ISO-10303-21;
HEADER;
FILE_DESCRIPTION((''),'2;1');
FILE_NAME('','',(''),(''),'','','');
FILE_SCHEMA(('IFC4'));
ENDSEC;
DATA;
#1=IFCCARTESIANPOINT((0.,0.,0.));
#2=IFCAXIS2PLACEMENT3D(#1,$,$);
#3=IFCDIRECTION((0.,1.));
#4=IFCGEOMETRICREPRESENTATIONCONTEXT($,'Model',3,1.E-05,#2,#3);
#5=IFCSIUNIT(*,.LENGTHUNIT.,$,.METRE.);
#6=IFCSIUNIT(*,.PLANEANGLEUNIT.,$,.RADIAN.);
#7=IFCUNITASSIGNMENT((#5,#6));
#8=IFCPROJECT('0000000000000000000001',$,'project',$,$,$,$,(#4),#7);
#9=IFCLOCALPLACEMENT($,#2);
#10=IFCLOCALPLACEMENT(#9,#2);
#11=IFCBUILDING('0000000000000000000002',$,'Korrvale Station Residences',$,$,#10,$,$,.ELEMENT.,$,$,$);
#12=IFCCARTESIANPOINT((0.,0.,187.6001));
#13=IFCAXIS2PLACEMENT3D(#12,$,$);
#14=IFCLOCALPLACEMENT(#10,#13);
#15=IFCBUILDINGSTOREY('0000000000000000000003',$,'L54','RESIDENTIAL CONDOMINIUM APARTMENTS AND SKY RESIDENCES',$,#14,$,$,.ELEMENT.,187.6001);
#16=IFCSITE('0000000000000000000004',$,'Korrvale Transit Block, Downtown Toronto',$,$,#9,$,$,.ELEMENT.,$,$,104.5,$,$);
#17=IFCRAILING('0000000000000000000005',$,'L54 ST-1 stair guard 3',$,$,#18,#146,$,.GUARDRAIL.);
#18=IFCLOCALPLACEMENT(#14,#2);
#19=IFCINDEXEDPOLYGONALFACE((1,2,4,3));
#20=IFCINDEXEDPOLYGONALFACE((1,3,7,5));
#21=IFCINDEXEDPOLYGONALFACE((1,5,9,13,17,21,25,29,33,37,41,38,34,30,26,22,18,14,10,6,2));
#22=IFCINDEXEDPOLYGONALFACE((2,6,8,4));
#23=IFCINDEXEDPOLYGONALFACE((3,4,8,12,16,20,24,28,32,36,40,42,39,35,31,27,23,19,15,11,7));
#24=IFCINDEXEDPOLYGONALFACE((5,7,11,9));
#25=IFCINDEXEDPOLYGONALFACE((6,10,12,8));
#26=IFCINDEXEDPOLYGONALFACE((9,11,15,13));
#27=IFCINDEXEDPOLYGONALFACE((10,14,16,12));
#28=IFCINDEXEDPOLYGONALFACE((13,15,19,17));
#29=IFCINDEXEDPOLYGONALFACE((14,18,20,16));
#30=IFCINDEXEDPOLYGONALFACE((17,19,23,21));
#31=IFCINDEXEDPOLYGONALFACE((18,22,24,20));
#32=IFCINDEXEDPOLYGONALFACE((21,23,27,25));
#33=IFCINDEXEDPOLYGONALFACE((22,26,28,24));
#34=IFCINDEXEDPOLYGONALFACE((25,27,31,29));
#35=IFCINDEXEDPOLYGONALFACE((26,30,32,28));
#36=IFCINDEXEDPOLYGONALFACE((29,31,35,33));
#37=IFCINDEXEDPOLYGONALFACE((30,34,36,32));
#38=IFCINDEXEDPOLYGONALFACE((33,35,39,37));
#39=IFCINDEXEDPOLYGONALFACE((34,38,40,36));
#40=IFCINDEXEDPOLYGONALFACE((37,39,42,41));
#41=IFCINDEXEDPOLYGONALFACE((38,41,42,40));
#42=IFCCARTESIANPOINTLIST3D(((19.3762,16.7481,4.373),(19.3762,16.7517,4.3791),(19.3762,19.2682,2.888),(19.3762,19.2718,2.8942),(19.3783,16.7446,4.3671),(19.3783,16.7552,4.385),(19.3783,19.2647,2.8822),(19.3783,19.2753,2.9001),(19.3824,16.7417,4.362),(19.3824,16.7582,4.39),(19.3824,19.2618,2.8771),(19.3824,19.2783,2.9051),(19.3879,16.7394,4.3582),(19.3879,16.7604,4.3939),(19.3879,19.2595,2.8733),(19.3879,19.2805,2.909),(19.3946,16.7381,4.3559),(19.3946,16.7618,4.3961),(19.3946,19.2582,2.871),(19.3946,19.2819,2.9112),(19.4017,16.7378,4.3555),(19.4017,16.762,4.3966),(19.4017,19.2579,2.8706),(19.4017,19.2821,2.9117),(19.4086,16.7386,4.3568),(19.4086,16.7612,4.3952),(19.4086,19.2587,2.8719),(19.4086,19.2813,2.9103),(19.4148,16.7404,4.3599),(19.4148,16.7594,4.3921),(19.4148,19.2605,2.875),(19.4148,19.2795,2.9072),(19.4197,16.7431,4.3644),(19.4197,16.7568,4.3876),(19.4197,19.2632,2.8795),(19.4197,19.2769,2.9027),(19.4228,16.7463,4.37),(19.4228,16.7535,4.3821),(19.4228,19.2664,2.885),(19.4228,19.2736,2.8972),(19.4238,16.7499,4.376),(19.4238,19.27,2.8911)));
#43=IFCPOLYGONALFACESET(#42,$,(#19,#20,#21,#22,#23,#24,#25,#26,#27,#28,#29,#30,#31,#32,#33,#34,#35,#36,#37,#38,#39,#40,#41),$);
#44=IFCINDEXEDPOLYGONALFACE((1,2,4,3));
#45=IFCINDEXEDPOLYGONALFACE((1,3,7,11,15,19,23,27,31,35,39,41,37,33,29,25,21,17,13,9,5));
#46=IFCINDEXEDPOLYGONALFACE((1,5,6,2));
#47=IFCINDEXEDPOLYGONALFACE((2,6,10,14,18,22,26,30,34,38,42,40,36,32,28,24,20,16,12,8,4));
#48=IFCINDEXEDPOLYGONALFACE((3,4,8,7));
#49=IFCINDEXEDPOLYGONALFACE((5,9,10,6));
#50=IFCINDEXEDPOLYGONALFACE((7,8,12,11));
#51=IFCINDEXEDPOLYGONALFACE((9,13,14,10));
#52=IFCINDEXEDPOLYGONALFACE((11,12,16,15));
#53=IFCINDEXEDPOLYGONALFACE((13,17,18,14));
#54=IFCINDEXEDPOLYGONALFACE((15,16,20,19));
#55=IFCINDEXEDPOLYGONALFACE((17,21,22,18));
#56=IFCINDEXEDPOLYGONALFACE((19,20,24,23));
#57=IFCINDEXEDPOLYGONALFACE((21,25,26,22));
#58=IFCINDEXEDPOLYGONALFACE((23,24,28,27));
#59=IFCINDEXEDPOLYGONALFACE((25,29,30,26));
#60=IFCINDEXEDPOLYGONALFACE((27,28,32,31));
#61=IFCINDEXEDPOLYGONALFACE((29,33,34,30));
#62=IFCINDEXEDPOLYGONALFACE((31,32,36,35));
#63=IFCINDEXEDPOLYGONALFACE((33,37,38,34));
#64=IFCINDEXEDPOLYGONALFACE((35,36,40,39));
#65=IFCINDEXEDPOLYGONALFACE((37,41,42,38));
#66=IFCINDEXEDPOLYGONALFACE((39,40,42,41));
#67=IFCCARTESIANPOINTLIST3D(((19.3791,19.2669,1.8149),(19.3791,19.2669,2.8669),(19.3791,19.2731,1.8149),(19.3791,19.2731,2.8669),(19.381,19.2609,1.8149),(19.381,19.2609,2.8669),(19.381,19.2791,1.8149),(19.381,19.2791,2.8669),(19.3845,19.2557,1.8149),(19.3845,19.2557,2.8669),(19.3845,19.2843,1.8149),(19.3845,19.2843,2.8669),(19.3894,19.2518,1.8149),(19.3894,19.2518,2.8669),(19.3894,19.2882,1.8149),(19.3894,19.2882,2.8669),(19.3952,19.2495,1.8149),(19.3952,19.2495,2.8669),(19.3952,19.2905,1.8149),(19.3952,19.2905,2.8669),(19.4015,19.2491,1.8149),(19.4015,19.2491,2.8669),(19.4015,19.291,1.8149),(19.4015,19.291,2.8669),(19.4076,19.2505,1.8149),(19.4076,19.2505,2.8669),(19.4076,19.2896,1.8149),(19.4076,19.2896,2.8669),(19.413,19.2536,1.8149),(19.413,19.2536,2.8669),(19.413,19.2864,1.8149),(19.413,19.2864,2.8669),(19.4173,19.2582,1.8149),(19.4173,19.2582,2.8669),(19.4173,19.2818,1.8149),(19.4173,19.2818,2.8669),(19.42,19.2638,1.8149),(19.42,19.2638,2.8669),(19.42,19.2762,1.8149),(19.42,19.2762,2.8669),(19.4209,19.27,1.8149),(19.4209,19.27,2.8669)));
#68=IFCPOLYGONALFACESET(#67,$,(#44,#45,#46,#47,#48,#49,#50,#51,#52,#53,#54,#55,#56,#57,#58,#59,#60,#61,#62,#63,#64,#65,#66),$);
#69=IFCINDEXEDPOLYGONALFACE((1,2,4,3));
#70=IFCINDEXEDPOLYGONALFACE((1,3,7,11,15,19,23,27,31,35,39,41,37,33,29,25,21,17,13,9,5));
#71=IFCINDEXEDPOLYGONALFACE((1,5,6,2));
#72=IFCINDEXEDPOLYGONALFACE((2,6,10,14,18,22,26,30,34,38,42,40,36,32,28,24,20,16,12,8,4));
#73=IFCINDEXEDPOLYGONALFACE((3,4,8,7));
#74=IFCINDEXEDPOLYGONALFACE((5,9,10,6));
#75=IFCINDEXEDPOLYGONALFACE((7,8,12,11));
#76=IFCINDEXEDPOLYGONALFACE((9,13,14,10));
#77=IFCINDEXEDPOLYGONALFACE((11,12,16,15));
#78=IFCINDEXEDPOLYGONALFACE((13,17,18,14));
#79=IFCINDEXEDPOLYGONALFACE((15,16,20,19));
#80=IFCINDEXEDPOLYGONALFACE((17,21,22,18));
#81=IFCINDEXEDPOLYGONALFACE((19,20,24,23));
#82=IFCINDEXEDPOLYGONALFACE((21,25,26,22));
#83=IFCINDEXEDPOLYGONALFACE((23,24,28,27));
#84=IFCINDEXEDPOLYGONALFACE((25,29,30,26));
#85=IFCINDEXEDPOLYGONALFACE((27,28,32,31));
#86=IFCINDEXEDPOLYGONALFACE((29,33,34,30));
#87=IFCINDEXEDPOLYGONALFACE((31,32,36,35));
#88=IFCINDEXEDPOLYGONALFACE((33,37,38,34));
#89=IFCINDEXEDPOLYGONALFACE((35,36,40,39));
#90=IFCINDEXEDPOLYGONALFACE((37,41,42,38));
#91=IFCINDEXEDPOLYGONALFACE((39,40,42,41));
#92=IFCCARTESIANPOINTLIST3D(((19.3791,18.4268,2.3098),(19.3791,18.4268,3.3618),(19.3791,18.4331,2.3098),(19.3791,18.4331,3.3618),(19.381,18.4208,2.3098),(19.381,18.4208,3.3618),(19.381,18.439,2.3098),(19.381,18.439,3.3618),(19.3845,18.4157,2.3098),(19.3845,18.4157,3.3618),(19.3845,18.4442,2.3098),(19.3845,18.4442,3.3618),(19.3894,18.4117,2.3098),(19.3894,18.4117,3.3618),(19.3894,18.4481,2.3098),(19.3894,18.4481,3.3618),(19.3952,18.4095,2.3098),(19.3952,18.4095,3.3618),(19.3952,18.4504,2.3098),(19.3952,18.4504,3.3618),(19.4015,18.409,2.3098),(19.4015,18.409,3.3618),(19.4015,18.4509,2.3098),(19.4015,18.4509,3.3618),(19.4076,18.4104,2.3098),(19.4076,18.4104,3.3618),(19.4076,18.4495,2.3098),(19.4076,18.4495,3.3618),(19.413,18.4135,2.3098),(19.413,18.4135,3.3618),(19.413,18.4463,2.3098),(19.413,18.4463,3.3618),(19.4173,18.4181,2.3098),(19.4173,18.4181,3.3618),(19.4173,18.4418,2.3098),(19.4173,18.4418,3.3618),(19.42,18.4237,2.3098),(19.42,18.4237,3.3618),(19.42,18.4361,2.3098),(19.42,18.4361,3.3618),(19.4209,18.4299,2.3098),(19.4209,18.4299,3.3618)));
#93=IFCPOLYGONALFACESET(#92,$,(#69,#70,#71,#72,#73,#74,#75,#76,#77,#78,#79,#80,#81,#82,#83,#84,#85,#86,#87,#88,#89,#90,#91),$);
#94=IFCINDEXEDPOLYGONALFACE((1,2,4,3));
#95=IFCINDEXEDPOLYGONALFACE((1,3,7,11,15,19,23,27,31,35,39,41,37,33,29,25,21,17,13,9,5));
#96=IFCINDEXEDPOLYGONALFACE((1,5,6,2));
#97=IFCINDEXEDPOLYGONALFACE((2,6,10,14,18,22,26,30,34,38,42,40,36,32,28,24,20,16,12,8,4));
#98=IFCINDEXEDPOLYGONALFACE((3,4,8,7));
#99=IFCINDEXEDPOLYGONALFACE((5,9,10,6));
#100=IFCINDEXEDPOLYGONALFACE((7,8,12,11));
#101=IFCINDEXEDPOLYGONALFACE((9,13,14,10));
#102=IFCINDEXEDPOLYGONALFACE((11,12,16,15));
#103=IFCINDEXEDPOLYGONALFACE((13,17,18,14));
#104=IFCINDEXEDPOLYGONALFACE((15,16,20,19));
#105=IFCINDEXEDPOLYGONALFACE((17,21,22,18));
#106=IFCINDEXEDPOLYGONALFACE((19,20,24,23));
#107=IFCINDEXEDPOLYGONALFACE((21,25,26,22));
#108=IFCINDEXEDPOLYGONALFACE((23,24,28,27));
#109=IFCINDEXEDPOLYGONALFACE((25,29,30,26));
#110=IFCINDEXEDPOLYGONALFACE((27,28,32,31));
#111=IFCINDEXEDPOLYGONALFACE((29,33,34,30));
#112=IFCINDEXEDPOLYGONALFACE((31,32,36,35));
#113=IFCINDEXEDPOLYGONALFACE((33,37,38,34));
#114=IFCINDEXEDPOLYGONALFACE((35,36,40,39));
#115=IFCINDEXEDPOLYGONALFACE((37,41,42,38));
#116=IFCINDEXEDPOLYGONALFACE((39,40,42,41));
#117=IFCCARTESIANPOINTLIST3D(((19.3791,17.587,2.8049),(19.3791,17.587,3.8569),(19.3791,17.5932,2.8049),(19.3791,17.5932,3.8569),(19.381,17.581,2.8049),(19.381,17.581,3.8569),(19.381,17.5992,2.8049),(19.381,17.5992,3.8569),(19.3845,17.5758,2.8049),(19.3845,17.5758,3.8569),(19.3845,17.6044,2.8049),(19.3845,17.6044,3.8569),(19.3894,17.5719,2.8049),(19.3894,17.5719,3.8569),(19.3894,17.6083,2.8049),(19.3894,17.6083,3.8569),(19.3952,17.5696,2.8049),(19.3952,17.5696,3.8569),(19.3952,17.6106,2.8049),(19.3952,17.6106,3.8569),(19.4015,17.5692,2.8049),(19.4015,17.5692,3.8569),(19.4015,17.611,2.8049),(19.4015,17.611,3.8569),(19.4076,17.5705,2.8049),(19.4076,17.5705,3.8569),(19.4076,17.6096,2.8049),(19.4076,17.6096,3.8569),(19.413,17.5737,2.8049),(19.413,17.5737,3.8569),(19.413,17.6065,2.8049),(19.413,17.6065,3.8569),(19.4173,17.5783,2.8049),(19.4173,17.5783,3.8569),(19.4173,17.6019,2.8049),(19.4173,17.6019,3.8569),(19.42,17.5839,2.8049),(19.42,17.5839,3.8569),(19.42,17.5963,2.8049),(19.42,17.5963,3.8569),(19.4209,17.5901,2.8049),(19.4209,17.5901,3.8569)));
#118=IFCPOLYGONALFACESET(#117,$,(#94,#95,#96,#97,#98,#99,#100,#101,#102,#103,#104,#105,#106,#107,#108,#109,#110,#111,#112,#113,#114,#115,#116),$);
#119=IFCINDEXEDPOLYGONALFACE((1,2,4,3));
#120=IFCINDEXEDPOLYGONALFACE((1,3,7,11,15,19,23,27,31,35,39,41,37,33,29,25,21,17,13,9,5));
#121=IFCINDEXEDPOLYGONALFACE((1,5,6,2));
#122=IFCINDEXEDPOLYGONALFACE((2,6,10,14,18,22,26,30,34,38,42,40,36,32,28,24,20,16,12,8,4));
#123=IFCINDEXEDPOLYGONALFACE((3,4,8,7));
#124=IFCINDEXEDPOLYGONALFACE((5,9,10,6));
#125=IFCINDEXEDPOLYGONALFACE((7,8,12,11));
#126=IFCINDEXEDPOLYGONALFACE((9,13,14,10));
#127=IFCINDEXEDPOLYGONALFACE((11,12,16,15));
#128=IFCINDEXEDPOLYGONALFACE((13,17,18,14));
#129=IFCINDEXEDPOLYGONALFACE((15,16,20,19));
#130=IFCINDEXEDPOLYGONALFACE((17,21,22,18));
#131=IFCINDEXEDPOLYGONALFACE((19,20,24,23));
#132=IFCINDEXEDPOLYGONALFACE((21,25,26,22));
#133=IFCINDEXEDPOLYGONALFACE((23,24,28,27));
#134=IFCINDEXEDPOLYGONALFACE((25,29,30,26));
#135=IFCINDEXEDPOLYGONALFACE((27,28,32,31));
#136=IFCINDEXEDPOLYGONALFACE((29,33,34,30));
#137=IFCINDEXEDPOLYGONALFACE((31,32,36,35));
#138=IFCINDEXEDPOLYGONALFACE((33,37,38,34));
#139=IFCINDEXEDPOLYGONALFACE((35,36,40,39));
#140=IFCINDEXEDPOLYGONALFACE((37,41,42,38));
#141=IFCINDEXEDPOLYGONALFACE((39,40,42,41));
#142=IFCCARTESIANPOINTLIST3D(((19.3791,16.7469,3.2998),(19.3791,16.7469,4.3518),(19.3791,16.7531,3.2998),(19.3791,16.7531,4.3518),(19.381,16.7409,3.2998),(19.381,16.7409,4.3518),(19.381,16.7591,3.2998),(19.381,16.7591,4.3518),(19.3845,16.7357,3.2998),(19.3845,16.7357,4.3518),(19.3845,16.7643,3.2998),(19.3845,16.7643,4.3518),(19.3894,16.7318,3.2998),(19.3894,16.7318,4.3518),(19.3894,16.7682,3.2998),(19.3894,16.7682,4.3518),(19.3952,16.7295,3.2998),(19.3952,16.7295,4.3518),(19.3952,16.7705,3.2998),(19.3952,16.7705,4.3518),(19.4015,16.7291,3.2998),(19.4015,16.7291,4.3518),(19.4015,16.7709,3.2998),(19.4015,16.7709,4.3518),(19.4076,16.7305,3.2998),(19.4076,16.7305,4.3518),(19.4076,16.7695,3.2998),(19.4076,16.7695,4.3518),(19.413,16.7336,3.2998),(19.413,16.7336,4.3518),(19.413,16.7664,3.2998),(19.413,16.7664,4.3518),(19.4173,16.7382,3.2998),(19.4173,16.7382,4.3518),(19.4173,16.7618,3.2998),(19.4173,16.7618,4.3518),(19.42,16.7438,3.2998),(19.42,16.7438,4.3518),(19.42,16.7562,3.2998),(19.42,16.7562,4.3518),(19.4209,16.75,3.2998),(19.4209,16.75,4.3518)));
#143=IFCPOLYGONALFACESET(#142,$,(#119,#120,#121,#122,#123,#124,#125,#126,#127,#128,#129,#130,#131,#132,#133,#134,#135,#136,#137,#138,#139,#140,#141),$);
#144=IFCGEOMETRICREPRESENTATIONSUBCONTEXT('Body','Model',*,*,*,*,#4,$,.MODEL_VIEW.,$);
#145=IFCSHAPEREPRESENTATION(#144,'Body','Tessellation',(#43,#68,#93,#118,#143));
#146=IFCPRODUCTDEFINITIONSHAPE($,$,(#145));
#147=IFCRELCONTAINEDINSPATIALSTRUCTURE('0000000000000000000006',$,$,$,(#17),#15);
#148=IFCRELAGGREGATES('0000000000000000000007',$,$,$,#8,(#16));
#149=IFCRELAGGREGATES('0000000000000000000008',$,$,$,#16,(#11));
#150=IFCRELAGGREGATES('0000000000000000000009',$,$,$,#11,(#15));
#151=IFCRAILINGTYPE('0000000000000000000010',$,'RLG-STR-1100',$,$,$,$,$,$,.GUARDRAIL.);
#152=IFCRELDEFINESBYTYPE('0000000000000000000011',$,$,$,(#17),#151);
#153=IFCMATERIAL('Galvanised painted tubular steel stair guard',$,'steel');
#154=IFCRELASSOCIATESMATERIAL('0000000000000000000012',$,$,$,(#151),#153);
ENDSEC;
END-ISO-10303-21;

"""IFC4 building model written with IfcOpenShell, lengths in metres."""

from ifc_helpers import new_model, si_unit, direction, frame, origin, origin_2d, place, context, subcontext, project, spatial, circle, extrude, material, type_object, element, save


model = new_model("IFC4")

# Units and contexts
model_context = context("Model", 3, precision=1e-05, world=origin(), true_north=direction((0.0, 1.0)))
body_context = subcontext(model_context, "Body", "Model", "MODEL_VIEW")
ifc_project = project(units=[si_unit("LENGTHUNIT", "METRE"), si_unit("PLANEANGLEUNIT", "RADIAN")], contexts=[model_context])

# Site, building, storey
site_placement = place(None, origin())
site = spatial("IfcSite", under=ifc_project, at=site_placement, Name="Korrvale Transit Block, Downtown Toronto", CompositionType="ELEMENT", RefElevation=104.5)
building_placement = place(site_placement, origin())
building = spatial("IfcBuilding", under=site, at=building_placement, Name="Korrvale Station Residences", CompositionType="ELEMENT")
storey_placement = place(building_placement, frame((0.0, 0.0, 187.6001)))
storey = spatial("IfcBuildingStorey", under=building, at=storey_placement, Name="L54", Description="RESIDENTIAL CONDOMINIUM APARTMENTS AND SKY RESIDENCES", CompositionType="ELEMENT", Elevation=187.6001)

# Railing
ifc_material_1 = material(Name="Galvanised painted tubular steel stair guard", Category="steel")
railing_type_1 = type_object("IfcRailingType", Name="RLG-STR-1100", PredefinedType="GUARDRAIL", material=ifc_material_1)
railing_1_placement = place(storey_placement, frame((19.3999, 19.27, 1.8149)))
element("IfcRailing", 1, at=railing_1_placement, inside=storey, type_object=railing_type_1, Name="L54 ST-1 stair guard 3", PredefinedType="GUARDRAIL", context=body_context, shape_type="SweptSolid", body=[
    extrude(circle(Radius=0.0239, at=origin_2d()), frame((0.0, 0.0, 1.0762), z_axis=(0.0, -0.861561, 0.507655), x_axis=(1.0, 0.0, 0.0)), (0.0, 0.0, 1.0), 2.925),
    extrude(circle(Radius=0.021, at=origin_2d()), origin(), (0.0, 0.0, 1.0), 1.052),
    extrude(circle(Radius=0.021, at=origin_2d()), frame((0.0, -0.8401, 0.4949)), (0.0, 0.0, 1.0), 1.052),
    extrude(circle(Radius=0.021, at=origin_2d()), frame((0.0, -1.6799, 0.99)), (0.0, 0.0, 1.0), 1.052),
    extrude(circle(Radius=0.021, at=origin_2d()), frame((0.0, -2.52, 1.4849)), (0.0, 0.0, 1.0), 1.052),
])

save(model, "model.ifc")
